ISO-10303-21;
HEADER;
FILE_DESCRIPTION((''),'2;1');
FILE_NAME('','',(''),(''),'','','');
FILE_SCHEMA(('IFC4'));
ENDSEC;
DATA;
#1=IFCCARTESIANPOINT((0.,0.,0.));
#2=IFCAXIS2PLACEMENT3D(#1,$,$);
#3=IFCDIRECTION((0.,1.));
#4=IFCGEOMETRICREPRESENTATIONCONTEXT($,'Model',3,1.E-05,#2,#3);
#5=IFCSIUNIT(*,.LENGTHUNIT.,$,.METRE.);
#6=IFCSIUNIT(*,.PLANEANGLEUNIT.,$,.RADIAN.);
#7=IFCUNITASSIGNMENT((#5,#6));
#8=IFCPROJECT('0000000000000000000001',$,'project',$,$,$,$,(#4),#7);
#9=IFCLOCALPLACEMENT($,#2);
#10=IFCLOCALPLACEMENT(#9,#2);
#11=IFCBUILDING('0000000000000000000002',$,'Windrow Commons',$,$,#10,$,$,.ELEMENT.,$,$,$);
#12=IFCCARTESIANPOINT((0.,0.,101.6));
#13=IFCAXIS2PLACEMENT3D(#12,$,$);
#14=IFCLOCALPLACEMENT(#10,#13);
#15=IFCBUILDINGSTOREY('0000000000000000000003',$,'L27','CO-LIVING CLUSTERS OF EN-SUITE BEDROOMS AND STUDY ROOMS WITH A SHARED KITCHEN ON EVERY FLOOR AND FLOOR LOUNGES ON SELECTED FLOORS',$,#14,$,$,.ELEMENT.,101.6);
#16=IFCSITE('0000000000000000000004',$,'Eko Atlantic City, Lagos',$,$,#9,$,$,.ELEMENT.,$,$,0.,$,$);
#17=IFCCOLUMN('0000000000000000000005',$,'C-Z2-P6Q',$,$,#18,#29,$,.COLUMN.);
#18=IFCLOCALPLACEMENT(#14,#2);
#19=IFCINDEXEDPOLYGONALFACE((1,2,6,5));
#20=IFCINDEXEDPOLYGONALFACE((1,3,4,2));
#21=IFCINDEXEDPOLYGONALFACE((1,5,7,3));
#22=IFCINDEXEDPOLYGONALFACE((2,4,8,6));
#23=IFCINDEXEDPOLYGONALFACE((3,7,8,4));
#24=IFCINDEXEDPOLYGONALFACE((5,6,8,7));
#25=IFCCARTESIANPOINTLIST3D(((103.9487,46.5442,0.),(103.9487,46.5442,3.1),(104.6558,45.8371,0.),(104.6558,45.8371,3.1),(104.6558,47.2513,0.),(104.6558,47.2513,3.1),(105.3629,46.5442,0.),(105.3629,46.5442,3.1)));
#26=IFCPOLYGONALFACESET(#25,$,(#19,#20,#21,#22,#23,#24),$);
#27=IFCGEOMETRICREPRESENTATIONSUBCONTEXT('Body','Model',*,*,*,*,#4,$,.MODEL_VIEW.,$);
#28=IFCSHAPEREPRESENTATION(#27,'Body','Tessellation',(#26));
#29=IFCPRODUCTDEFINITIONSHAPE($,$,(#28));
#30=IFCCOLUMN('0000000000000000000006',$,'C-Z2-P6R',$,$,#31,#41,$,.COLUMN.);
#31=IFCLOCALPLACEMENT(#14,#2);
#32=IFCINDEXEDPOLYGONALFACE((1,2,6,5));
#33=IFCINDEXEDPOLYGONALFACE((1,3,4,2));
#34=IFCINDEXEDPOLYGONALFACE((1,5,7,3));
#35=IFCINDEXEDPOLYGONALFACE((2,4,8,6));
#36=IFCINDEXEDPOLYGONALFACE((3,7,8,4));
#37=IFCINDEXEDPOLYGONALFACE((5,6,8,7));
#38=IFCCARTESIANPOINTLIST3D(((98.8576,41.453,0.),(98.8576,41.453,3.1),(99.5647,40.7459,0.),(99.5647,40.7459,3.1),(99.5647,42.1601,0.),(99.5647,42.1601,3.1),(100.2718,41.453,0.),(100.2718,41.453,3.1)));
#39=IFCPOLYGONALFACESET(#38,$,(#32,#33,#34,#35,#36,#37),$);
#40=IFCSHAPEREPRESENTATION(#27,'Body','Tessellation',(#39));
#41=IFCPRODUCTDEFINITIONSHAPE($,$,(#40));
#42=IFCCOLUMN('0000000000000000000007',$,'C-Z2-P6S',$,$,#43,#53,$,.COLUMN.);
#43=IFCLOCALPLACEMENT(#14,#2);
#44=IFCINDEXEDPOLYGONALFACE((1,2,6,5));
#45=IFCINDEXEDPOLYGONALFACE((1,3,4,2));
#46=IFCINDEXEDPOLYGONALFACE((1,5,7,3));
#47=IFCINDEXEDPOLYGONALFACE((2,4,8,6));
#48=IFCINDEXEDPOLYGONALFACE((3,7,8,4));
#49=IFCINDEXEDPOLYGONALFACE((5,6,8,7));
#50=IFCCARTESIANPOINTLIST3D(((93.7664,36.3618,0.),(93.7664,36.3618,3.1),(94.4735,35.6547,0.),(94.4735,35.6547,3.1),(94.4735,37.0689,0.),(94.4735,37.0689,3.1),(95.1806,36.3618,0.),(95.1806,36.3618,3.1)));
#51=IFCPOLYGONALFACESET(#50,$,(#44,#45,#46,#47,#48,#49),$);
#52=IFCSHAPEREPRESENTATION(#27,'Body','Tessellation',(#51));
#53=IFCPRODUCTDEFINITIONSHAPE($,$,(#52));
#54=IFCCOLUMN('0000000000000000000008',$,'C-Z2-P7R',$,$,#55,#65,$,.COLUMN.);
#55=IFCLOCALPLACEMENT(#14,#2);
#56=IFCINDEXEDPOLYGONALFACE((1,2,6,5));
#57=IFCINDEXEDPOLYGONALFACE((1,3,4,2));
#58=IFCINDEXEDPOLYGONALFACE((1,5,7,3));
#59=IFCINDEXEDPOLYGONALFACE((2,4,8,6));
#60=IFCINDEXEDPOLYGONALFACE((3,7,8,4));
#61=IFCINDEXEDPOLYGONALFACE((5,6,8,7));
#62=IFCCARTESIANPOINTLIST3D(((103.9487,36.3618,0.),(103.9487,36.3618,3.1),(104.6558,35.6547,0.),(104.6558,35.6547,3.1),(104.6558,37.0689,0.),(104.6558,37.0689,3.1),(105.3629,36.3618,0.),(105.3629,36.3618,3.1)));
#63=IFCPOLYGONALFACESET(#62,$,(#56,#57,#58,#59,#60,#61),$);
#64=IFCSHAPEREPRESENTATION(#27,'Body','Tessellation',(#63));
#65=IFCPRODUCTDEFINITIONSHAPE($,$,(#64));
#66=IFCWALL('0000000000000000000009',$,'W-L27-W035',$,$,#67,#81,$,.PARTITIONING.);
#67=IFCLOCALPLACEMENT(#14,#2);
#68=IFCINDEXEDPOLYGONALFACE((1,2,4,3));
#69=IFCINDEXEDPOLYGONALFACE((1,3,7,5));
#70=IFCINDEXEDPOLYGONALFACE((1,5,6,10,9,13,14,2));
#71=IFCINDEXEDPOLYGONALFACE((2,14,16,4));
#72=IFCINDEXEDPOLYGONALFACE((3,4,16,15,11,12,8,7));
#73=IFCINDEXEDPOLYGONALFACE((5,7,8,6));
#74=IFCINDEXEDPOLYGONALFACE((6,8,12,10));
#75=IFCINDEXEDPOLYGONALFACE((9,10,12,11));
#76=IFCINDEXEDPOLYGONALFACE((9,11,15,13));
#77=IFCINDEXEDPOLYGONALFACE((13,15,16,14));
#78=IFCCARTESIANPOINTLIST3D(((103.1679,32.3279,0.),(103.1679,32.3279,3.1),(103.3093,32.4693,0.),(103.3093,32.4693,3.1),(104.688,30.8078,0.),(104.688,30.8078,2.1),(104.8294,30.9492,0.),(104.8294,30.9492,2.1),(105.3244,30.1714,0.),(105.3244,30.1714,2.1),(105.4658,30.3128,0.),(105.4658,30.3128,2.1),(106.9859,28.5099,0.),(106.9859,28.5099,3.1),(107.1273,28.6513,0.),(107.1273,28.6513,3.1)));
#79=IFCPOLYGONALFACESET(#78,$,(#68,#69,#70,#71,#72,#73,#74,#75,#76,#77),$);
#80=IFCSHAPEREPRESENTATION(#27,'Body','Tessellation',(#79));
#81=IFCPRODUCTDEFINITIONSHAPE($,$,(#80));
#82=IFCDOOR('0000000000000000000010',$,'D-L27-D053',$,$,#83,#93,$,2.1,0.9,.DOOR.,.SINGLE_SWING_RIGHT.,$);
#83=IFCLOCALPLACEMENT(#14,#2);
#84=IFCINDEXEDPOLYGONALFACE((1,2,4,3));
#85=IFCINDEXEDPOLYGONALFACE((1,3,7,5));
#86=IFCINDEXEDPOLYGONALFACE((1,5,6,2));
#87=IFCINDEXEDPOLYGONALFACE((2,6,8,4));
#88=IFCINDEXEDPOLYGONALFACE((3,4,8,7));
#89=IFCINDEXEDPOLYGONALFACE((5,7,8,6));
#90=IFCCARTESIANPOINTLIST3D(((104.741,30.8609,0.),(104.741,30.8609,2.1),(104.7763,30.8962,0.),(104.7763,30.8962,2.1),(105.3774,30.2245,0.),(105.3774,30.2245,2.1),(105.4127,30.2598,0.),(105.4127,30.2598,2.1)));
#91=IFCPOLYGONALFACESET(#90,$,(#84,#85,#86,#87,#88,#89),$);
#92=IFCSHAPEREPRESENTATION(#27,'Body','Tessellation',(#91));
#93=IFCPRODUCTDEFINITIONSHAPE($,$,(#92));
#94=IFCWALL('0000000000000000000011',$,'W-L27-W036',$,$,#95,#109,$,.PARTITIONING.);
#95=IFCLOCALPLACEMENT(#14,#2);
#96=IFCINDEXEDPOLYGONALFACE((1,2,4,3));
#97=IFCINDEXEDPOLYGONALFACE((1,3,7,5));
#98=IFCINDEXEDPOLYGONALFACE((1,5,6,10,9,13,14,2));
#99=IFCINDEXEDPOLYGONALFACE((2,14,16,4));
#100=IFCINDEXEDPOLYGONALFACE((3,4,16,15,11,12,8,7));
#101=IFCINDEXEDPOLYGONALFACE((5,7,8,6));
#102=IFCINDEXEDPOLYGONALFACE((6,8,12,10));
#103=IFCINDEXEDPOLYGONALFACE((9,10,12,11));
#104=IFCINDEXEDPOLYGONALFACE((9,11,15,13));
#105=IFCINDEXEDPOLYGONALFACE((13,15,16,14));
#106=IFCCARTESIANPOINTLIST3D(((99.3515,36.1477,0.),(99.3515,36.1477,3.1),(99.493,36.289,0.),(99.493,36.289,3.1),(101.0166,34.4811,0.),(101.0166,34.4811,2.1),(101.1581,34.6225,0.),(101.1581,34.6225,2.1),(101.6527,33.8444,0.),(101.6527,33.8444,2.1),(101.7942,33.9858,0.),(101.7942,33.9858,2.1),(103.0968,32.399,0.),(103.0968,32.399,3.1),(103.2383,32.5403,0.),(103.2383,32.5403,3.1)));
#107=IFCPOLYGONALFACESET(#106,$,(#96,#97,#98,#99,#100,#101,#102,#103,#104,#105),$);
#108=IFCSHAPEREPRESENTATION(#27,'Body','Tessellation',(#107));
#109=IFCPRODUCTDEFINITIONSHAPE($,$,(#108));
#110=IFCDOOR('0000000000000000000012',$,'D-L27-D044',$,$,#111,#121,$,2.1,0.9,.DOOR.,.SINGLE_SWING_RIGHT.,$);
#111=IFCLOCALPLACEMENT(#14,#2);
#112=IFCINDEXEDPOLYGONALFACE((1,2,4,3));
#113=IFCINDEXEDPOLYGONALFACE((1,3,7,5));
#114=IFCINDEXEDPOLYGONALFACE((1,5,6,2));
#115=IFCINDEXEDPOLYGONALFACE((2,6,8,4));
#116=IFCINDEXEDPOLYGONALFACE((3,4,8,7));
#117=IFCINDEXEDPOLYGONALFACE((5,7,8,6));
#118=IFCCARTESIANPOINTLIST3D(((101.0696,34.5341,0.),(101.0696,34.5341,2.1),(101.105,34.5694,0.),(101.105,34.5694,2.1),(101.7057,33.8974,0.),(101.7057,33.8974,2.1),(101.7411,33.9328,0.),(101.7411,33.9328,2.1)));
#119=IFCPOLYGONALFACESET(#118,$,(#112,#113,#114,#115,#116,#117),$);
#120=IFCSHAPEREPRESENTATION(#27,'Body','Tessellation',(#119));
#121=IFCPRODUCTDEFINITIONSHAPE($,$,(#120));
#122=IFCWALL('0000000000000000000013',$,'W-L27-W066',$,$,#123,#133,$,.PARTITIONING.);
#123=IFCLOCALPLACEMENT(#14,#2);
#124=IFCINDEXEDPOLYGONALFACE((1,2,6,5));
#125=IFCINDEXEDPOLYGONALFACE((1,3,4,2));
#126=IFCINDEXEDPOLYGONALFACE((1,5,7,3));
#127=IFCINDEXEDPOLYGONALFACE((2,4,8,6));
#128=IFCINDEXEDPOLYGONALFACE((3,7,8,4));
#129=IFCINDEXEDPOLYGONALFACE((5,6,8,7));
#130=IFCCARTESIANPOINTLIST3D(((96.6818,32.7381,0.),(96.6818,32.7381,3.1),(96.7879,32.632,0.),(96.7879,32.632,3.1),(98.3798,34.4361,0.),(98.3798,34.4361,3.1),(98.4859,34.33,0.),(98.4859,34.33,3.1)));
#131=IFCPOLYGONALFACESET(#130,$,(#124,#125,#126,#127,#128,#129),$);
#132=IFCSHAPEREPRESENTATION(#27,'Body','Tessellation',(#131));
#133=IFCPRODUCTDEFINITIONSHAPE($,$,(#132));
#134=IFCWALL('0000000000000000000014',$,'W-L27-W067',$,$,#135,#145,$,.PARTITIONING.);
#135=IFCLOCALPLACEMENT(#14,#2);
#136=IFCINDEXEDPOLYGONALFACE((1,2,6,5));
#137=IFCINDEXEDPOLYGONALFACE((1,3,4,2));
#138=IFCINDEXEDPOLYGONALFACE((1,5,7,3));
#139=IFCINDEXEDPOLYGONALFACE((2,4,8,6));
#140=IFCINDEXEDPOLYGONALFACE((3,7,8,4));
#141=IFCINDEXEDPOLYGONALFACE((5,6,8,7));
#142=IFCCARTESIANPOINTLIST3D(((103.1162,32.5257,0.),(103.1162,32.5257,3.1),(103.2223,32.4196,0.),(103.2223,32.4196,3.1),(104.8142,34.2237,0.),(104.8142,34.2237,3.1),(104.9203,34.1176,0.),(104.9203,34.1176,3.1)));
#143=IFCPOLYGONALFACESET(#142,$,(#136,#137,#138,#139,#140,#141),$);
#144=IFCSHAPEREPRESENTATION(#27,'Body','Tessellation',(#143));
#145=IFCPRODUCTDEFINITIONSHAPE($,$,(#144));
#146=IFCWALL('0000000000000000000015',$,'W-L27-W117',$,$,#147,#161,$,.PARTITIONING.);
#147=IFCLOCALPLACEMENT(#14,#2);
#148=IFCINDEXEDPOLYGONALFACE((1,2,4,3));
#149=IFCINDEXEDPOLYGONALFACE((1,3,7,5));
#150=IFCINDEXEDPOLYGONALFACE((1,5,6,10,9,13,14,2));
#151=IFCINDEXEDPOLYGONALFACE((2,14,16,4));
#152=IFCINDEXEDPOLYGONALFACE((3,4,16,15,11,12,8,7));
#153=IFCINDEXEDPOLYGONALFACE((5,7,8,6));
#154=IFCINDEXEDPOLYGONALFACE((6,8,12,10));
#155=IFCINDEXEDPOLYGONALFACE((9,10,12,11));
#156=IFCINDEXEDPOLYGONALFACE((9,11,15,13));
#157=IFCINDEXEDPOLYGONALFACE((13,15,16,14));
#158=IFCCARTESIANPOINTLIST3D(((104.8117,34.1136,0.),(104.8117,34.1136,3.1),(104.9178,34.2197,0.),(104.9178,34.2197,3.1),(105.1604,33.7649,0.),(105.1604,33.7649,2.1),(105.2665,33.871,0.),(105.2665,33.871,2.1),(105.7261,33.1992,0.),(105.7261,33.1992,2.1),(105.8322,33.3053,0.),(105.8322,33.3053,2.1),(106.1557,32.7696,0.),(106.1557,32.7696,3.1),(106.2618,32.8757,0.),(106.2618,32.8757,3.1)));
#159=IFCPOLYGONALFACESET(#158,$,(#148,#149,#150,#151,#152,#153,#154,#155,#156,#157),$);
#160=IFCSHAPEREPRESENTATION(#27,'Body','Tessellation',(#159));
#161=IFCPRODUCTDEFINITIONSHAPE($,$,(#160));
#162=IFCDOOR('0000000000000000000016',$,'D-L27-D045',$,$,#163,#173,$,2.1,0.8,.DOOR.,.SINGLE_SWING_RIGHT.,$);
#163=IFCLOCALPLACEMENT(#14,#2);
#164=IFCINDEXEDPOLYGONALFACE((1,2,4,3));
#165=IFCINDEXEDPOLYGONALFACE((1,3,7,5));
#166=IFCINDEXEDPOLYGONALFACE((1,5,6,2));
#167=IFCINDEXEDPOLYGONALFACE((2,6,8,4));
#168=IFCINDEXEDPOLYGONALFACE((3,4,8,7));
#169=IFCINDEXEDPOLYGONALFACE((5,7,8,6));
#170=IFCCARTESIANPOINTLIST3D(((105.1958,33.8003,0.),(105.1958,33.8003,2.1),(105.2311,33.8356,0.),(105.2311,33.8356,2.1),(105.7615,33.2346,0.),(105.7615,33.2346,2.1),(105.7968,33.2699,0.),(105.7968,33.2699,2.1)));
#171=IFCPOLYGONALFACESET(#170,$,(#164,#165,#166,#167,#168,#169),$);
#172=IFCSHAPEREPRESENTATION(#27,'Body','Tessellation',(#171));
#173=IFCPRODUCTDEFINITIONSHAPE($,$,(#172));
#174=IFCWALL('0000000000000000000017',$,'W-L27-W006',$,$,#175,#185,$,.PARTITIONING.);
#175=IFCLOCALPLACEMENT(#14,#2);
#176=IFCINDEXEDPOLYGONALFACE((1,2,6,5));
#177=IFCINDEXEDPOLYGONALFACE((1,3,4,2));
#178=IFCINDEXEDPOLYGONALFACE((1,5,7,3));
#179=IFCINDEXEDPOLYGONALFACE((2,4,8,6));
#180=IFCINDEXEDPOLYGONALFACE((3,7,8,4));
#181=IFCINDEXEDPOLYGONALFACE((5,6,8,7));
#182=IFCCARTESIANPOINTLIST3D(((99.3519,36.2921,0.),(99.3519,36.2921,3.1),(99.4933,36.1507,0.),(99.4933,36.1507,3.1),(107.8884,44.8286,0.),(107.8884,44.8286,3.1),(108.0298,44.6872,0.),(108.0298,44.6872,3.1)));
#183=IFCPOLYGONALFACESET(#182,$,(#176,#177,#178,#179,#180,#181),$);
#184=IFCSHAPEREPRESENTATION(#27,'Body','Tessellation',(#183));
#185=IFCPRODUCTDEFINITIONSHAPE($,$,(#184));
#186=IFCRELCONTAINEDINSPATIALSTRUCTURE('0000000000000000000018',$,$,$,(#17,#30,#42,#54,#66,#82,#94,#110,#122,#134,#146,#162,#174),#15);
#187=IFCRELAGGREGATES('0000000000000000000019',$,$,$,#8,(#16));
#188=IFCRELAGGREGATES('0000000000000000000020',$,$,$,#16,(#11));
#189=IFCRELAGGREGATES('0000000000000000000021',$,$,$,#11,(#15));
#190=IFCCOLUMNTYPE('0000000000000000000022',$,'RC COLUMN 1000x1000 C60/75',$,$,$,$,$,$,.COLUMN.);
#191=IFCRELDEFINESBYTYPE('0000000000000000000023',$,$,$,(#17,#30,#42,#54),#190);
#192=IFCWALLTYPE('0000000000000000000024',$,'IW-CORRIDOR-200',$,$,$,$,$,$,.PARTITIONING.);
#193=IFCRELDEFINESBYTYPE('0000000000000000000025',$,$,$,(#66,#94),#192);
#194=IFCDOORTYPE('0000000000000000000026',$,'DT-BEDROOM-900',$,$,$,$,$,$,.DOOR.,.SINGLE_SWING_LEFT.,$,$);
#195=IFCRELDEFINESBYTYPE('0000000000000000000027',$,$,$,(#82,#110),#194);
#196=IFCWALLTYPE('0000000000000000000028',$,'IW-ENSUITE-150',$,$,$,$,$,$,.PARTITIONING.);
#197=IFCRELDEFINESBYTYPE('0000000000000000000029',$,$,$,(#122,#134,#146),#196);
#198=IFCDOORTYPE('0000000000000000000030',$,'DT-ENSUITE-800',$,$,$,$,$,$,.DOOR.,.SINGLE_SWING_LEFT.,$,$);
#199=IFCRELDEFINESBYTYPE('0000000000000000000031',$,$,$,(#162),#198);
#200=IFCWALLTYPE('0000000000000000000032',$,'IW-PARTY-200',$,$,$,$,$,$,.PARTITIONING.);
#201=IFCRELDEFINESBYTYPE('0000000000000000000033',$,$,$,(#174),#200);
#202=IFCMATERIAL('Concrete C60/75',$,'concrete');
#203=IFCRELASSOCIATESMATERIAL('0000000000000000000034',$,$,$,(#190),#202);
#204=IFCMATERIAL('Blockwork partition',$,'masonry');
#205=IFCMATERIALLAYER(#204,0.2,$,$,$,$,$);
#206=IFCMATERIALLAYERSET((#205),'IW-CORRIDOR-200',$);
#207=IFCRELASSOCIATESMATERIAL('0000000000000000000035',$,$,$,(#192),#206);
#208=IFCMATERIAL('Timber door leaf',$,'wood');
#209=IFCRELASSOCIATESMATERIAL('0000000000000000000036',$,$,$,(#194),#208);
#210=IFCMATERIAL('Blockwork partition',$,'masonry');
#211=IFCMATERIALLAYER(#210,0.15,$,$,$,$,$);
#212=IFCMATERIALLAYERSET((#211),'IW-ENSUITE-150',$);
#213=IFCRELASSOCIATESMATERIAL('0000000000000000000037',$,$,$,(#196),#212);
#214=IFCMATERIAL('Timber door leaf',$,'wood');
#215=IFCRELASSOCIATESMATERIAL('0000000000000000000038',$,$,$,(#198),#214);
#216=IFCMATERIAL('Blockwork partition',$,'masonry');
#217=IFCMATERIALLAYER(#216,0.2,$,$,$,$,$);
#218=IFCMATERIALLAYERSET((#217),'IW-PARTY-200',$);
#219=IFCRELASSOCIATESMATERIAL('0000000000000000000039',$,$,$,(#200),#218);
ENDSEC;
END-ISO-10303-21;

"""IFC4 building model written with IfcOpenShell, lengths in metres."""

from ifc_helpers import new_model, si_unit, direction, frame, frame_2d, origin, origin_2d, place, context, subcontext, project, spatial, rectangle, extrude, material, layer, layer_set, material_profile, profile_set, type_object, element, fill, save


model = new_model("IFC4")

# Units and contexts
model_context = context("Model", 3, precision=1e-05, world=origin(), true_north=direction((0.0, 1.0)))
body_context = subcontext(model_context, "Body", "Model", "MODEL_VIEW")
ifc_project = project(units=[si_unit("LENGTHUNIT", "METRE"), si_unit("PLANEANGLEUNIT", "RADIAN")], contexts=[model_context])

# Site, building, storey
site_placement = place(None, origin())
site = spatial("IfcSite", under=ifc_project, at=site_placement, Name="Eko Atlantic City, Lagos", CompositionType="ELEMENT", RefElevation=0.0)
building_placement = place(site_placement, origin())
building = spatial("IfcBuilding", under=site, at=building_placement, Name="Windrow Commons", CompositionType="ELEMENT")
storey_placement = place(building_placement, frame((0.0, 0.0, 101.6)))
storey = spatial("IfcBuildingStorey", under=building, at=storey_placement, Name="L27", Description="CO-LIVING CLUSTERS OF EN-SUITE BEDROOMS AND STUDY ROOMS WITH A SHARED KITCHEN ON EVERY FLOOR AND FLOOR LOUNGES ON SELECTED FLOORS", CompositionType="ELEMENT", Elevation=101.6)

# Columns
ifc_material_1 = material(Name="Concrete C60/75", Category="concrete")
ifc_material_profile = material_profile(ifc_material_1, rectangle(XDim=1.0, YDim=1.0, at=origin_2d()))
ifc_profile_set = profile_set([ifc_material_profile], Name="Concrete C60/75")
column_type = type_object("IfcColumnType", Name="RC COLUMN 1000x1000 C60/75", PredefinedType="COLUMN", material=ifc_profile_set)
for number, where, z_axis, x_axis, name in (
    (1, (104.6558, 46.5442, 0.0), (0.0, 0.0, 1.0), (0.707107, -0.707107, 0.0), "C-Z2-P6Q"),
    (2, (99.5647, 41.453, 0.0), (0.0, 0.0, 1.0), (0.707107, -0.707107, 0.0), "C-Z2-P6R"),
    (3, (94.4735, 36.3618, 0.0), (0.0, 0.0, 1.0), (0.707107, -0.707107, 0.0), "C-Z2-P6S"),
    (4, (104.6558, 36.3618, 0.0), (0.0, 0.0, 1.0), (0.707107, -0.707107, 0.0), "C-Z2-P7R"),
):
    element("IfcColumn", number, at=place(storey_placement, frame(where, z_axis=z_axis, x_axis=x_axis)), inside=storey, type_object=column_type, Name=name, PredefinedType="COLUMN", context=body_context, shape_type="SweptSolid", body=[
        extrude(rectangle(XDim=1.0, YDim=1.0, at=origin_2d()), origin(), (0.0, 0.0, 1.0), 3.1),
    ])

# Walls, openings, doors
ifc_material_2 = material(Name="Blockwork partition", Category="masonry")
ifc_layer_1 = layer(ifc_material_2, 0.2)
ifc_layer_set_1 = layer_set([ifc_layer_1], Name="IW-CORRIDOR-200")
wall_type_1 = type_object("IfcWallType", Name="IW-CORRIDOR-200", PredefinedType="PARTITIONING", material=ifc_layer_set_1)
wall_1_placement = place(storey_placement, frame((103.2386, 32.3986, 0.0), z_axis=(0.0, 0.0, 1.0), x_axis=(0.707107, -0.707107, 0.0)))
wall_1 = element("IfcWall", 5, at=wall_1_placement, inside=storey, type_object=wall_type_1, Name="W-L27-W035", PredefinedType="PARTITIONING", context=body_context, shape_type="SweptSolid", body=[
    extrude(rectangle(XDim=5.3995, YDim=0.2, at=frame_2d((2.6997, 0.0))), origin(), (0.0, 0.0, 1.0), 3.1),
])
opening_1_placement = place(wall_1_placement, frame((2.1497, 0.0, 0.0)))
opening_1 = element("IfcOpeningElement", 6, at=opening_1_placement, cuts=wall_1, PredefinedType="OPENING", context=body_context, shape_type="SweptSolid", body=[
    extrude(rectangle(XDim=0.9, YDim=2.1, at=frame_2d((0.45, 1.05))), frame((0.0, 0.11, 0.0), z_axis=(0.0, -1.0, 0.0), x_axis=(1.0, 0.0, 0.0)), (0.0, 0.0, 1.0), 0.22),
])
ifc_material_3 = material(Name="Timber door leaf", Category="wood")
door_type_1 = type_object("IfcDoorType", Name="DT-BEDROOM-900", OperationType="SINGLE_SWING_LEFT", PredefinedType="DOOR", material=ifc_material_3)
door_1_placement = place(opening_1_placement, origin())
door_1 = element("IfcDoor", 7, at=door_1_placement, inside=storey, type_object=door_type_1, Name="D-L27-D053", OperationType="SINGLE_SWING_RIGHT", OverallHeight=2.1, OverallWidth=0.9, PredefinedType="DOOR", context=body_context, shape_type="SweptSolid", body=[
    extrude(rectangle(XDim=0.9, YDim=2.1, at=frame_2d((0.45, 1.05))), frame((0.0, 0.025, 0.0), z_axis=(0.0, -1.0, 0.0), x_axis=(1.0, 0.0, 0.0)), (0.0, 0.0, 1.0), 0.05),
])
fill(opening_1, door_1)
wall_2_placement = place(storey_placement, frame((103.1676, 32.4696, 0.0), z_axis=(0.0, 0.0, 1.0), x_axis=(-0.706786, 0.707428, 0.0)))
wall_2 = element("IfcWall", 8, at=wall_2_placement, inside=storey, type_object=wall_type_1, Name="W-L27-W036", PredefinedType="PARTITIONING", context=body_context, shape_type="SweptSolid", body=[
    extrude(rectangle(XDim=5.2991, YDim=0.2, at=frame_2d((2.6496, 0.0))), origin(), (0.0, 0.0, 1.0), 3.1),
])
opening_2_placement = place(wall_2_placement, frame((2.0433, 0.0, 0.0)))
opening_2 = element("IfcOpeningElement", 9, at=opening_2_placement, cuts=wall_2, PredefinedType="OPENING", context=body_context, shape_type="SweptSolid", body=[
    extrude(rectangle(XDim=0.9, YDim=2.1, at=frame_2d((0.45, 1.05))), frame((0.0, 0.11, 0.0), z_axis=(0.0, -1.0, 0.0), x_axis=(1.0, 0.0, 0.0)), (0.0, 0.0, 1.0), 0.22),
])
door_2_placement = place(opening_2_placement, origin())
door_2 = element("IfcDoor", 10, at=door_2_placement, inside=storey, type_object=door_type_1, Name="D-L27-D044", OperationType="SINGLE_SWING_RIGHT", OverallHeight=2.1, OverallWidth=0.9, PredefinedType="DOOR", context=body_context, shape_type="SweptSolid", body=[
    extrude(rectangle(XDim=0.9, YDim=2.1, at=frame_2d((0.45, 1.05))), frame((0.0, 0.025, 0.0), z_axis=(0.0, -1.0, 0.0), x_axis=(1.0, 0.0, 0.0)), (0.0, 0.0, 1.0), 0.05),
])
fill(opening_2, door_2)

# Walls
ifc_material_4 = material(Name="Blockwork partition", Category="masonry")
ifc_layer_2 = layer(ifc_material_4, 0.15)
ifc_layer_set_2 = layer_set([ifc_layer_2], Name="IW-ENSUITE-150")
wall_type_2 = type_object("IfcWallType", Name="IW-ENSUITE-150", PredefinedType="PARTITIONING", material=ifc_layer_set_2)
for number, where, z_axis, x_axis, name in (
    (11, (96.7349, 32.6851, 0.0), (0.0, 0.0, 1.0), (0.707107, 0.707107, 0.0), "W-L27-W066"),
    (12, (103.1693, 32.4727, 0.0), (0.0, 0.0, 1.0), (0.707107, 0.707107, 0.0), "W-L27-W067"),
):
    element("IfcWall", number, at=place(storey_placement, frame(where, z_axis=z_axis, x_axis=x_axis)), inside=storey, type_object=wall_type_2, Name=name, PredefinedType="PARTITIONING", context=body_context, shape_type="SweptSolid", body=[
        extrude(rectangle(XDim=2.4013, YDim=0.15, at=frame_2d((1.2006, 0.0))), origin(), (0.0, 0.0, 1.0), 3.1),
    ])

# Wall, opening, door
wall_3_placement = place(storey_placement, frame((104.8647, 34.1667, 0.0), z_axis=(0.0, 0.0, 1.0), x_axis=(0.707107, -0.707107, 0.0)))
wall_3 = element("IfcWall", 13, at=wall_3_placement, inside=storey, type_object=wall_type_2, Name="W-L27-W117", PredefinedType="PARTITIONING", context=body_context, shape_type="SweptSolid", body=[
    extrude(rectangle(XDim=1.9007, YDim=0.15, at=frame_2d((0.9504, 0.0))), origin(), (0.0, 0.0, 1.0), 3.1),
])
opening_3_placement = place(wall_3_placement, frame((0.4932, 0.0, 0.0)))
opening_3 = element("IfcOpeningElement", 14, at=opening_3_placement, cuts=wall_3, PredefinedType="OPENING", context=body_context, shape_type="SweptSolid", body=[
    extrude(rectangle(XDim=0.8, YDim=2.1, at=frame_2d((0.4, 1.05))), frame((0.0, 0.085, 0.0), z_axis=(0.0, -1.0, 0.0), x_axis=(1.0, 0.0, 0.0)), (0.0, 0.0, 1.0), 0.17),
])
ifc_material_5 = material(Name="Timber door leaf", Category="wood")
door_type_2 = type_object("IfcDoorType", Name="DT-ENSUITE-800", OperationType="SINGLE_SWING_LEFT", PredefinedType="DOOR", material=ifc_material_5)
door_3_placement = place(opening_3_placement, origin())
door_3 = element("IfcDoor", 15, at=door_3_placement, inside=storey, type_object=door_type_2, Name="D-L27-D045", OperationType="SINGLE_SWING_RIGHT", OverallHeight=2.1, OverallWidth=0.8, PredefinedType="DOOR", context=body_context, shape_type="SweptSolid", body=[
    extrude(rectangle(XDim=0.8, YDim=2.1, at=frame_2d((0.4, 1.05))), frame((0.0, 0.025, 0.0), z_axis=(0.0, -1.0, 0.0), x_axis=(1.0, 0.0, 0.0)), (0.0, 0.0, 1.0), 0.05),
])
fill(opening_3, door_3)

# Wall
ifc_material_6 = material(Name="Blockwork partition", Category="masonry")
ifc_layer_3 = layer(ifc_material_6, 0.2)
ifc_layer_set_3 = layer_set([ifc_layer_3], Name="IW-PARTY-200")
wall_type_3 = type_object("IfcWallType", Name="IW-PARTY-200", PredefinedType="PARTITIONING", material=ifc_layer_set_3)
wall_4_placement = place(storey_placement, frame((99.4226, 36.2214, 0.0), z_axis=(0.0, 0.0, 1.0), x_axis=(0.707107, 0.707107, 0.0)))
element("IfcWall", 16, at=wall_4_placement, inside=storey, type_object=wall_type_3, Name="W-L27-W006", PredefinedType="PARTITIONING", context=body_context, shape_type="SweptSolid", body=[
    extrude(rectangle(XDim=12.0724, YDim=0.2, at=frame_2d((6.0362, 0.0))), origin(), (0.0, 0.0, 1.0), 3.1),
])

save(model, "model.ifc")
